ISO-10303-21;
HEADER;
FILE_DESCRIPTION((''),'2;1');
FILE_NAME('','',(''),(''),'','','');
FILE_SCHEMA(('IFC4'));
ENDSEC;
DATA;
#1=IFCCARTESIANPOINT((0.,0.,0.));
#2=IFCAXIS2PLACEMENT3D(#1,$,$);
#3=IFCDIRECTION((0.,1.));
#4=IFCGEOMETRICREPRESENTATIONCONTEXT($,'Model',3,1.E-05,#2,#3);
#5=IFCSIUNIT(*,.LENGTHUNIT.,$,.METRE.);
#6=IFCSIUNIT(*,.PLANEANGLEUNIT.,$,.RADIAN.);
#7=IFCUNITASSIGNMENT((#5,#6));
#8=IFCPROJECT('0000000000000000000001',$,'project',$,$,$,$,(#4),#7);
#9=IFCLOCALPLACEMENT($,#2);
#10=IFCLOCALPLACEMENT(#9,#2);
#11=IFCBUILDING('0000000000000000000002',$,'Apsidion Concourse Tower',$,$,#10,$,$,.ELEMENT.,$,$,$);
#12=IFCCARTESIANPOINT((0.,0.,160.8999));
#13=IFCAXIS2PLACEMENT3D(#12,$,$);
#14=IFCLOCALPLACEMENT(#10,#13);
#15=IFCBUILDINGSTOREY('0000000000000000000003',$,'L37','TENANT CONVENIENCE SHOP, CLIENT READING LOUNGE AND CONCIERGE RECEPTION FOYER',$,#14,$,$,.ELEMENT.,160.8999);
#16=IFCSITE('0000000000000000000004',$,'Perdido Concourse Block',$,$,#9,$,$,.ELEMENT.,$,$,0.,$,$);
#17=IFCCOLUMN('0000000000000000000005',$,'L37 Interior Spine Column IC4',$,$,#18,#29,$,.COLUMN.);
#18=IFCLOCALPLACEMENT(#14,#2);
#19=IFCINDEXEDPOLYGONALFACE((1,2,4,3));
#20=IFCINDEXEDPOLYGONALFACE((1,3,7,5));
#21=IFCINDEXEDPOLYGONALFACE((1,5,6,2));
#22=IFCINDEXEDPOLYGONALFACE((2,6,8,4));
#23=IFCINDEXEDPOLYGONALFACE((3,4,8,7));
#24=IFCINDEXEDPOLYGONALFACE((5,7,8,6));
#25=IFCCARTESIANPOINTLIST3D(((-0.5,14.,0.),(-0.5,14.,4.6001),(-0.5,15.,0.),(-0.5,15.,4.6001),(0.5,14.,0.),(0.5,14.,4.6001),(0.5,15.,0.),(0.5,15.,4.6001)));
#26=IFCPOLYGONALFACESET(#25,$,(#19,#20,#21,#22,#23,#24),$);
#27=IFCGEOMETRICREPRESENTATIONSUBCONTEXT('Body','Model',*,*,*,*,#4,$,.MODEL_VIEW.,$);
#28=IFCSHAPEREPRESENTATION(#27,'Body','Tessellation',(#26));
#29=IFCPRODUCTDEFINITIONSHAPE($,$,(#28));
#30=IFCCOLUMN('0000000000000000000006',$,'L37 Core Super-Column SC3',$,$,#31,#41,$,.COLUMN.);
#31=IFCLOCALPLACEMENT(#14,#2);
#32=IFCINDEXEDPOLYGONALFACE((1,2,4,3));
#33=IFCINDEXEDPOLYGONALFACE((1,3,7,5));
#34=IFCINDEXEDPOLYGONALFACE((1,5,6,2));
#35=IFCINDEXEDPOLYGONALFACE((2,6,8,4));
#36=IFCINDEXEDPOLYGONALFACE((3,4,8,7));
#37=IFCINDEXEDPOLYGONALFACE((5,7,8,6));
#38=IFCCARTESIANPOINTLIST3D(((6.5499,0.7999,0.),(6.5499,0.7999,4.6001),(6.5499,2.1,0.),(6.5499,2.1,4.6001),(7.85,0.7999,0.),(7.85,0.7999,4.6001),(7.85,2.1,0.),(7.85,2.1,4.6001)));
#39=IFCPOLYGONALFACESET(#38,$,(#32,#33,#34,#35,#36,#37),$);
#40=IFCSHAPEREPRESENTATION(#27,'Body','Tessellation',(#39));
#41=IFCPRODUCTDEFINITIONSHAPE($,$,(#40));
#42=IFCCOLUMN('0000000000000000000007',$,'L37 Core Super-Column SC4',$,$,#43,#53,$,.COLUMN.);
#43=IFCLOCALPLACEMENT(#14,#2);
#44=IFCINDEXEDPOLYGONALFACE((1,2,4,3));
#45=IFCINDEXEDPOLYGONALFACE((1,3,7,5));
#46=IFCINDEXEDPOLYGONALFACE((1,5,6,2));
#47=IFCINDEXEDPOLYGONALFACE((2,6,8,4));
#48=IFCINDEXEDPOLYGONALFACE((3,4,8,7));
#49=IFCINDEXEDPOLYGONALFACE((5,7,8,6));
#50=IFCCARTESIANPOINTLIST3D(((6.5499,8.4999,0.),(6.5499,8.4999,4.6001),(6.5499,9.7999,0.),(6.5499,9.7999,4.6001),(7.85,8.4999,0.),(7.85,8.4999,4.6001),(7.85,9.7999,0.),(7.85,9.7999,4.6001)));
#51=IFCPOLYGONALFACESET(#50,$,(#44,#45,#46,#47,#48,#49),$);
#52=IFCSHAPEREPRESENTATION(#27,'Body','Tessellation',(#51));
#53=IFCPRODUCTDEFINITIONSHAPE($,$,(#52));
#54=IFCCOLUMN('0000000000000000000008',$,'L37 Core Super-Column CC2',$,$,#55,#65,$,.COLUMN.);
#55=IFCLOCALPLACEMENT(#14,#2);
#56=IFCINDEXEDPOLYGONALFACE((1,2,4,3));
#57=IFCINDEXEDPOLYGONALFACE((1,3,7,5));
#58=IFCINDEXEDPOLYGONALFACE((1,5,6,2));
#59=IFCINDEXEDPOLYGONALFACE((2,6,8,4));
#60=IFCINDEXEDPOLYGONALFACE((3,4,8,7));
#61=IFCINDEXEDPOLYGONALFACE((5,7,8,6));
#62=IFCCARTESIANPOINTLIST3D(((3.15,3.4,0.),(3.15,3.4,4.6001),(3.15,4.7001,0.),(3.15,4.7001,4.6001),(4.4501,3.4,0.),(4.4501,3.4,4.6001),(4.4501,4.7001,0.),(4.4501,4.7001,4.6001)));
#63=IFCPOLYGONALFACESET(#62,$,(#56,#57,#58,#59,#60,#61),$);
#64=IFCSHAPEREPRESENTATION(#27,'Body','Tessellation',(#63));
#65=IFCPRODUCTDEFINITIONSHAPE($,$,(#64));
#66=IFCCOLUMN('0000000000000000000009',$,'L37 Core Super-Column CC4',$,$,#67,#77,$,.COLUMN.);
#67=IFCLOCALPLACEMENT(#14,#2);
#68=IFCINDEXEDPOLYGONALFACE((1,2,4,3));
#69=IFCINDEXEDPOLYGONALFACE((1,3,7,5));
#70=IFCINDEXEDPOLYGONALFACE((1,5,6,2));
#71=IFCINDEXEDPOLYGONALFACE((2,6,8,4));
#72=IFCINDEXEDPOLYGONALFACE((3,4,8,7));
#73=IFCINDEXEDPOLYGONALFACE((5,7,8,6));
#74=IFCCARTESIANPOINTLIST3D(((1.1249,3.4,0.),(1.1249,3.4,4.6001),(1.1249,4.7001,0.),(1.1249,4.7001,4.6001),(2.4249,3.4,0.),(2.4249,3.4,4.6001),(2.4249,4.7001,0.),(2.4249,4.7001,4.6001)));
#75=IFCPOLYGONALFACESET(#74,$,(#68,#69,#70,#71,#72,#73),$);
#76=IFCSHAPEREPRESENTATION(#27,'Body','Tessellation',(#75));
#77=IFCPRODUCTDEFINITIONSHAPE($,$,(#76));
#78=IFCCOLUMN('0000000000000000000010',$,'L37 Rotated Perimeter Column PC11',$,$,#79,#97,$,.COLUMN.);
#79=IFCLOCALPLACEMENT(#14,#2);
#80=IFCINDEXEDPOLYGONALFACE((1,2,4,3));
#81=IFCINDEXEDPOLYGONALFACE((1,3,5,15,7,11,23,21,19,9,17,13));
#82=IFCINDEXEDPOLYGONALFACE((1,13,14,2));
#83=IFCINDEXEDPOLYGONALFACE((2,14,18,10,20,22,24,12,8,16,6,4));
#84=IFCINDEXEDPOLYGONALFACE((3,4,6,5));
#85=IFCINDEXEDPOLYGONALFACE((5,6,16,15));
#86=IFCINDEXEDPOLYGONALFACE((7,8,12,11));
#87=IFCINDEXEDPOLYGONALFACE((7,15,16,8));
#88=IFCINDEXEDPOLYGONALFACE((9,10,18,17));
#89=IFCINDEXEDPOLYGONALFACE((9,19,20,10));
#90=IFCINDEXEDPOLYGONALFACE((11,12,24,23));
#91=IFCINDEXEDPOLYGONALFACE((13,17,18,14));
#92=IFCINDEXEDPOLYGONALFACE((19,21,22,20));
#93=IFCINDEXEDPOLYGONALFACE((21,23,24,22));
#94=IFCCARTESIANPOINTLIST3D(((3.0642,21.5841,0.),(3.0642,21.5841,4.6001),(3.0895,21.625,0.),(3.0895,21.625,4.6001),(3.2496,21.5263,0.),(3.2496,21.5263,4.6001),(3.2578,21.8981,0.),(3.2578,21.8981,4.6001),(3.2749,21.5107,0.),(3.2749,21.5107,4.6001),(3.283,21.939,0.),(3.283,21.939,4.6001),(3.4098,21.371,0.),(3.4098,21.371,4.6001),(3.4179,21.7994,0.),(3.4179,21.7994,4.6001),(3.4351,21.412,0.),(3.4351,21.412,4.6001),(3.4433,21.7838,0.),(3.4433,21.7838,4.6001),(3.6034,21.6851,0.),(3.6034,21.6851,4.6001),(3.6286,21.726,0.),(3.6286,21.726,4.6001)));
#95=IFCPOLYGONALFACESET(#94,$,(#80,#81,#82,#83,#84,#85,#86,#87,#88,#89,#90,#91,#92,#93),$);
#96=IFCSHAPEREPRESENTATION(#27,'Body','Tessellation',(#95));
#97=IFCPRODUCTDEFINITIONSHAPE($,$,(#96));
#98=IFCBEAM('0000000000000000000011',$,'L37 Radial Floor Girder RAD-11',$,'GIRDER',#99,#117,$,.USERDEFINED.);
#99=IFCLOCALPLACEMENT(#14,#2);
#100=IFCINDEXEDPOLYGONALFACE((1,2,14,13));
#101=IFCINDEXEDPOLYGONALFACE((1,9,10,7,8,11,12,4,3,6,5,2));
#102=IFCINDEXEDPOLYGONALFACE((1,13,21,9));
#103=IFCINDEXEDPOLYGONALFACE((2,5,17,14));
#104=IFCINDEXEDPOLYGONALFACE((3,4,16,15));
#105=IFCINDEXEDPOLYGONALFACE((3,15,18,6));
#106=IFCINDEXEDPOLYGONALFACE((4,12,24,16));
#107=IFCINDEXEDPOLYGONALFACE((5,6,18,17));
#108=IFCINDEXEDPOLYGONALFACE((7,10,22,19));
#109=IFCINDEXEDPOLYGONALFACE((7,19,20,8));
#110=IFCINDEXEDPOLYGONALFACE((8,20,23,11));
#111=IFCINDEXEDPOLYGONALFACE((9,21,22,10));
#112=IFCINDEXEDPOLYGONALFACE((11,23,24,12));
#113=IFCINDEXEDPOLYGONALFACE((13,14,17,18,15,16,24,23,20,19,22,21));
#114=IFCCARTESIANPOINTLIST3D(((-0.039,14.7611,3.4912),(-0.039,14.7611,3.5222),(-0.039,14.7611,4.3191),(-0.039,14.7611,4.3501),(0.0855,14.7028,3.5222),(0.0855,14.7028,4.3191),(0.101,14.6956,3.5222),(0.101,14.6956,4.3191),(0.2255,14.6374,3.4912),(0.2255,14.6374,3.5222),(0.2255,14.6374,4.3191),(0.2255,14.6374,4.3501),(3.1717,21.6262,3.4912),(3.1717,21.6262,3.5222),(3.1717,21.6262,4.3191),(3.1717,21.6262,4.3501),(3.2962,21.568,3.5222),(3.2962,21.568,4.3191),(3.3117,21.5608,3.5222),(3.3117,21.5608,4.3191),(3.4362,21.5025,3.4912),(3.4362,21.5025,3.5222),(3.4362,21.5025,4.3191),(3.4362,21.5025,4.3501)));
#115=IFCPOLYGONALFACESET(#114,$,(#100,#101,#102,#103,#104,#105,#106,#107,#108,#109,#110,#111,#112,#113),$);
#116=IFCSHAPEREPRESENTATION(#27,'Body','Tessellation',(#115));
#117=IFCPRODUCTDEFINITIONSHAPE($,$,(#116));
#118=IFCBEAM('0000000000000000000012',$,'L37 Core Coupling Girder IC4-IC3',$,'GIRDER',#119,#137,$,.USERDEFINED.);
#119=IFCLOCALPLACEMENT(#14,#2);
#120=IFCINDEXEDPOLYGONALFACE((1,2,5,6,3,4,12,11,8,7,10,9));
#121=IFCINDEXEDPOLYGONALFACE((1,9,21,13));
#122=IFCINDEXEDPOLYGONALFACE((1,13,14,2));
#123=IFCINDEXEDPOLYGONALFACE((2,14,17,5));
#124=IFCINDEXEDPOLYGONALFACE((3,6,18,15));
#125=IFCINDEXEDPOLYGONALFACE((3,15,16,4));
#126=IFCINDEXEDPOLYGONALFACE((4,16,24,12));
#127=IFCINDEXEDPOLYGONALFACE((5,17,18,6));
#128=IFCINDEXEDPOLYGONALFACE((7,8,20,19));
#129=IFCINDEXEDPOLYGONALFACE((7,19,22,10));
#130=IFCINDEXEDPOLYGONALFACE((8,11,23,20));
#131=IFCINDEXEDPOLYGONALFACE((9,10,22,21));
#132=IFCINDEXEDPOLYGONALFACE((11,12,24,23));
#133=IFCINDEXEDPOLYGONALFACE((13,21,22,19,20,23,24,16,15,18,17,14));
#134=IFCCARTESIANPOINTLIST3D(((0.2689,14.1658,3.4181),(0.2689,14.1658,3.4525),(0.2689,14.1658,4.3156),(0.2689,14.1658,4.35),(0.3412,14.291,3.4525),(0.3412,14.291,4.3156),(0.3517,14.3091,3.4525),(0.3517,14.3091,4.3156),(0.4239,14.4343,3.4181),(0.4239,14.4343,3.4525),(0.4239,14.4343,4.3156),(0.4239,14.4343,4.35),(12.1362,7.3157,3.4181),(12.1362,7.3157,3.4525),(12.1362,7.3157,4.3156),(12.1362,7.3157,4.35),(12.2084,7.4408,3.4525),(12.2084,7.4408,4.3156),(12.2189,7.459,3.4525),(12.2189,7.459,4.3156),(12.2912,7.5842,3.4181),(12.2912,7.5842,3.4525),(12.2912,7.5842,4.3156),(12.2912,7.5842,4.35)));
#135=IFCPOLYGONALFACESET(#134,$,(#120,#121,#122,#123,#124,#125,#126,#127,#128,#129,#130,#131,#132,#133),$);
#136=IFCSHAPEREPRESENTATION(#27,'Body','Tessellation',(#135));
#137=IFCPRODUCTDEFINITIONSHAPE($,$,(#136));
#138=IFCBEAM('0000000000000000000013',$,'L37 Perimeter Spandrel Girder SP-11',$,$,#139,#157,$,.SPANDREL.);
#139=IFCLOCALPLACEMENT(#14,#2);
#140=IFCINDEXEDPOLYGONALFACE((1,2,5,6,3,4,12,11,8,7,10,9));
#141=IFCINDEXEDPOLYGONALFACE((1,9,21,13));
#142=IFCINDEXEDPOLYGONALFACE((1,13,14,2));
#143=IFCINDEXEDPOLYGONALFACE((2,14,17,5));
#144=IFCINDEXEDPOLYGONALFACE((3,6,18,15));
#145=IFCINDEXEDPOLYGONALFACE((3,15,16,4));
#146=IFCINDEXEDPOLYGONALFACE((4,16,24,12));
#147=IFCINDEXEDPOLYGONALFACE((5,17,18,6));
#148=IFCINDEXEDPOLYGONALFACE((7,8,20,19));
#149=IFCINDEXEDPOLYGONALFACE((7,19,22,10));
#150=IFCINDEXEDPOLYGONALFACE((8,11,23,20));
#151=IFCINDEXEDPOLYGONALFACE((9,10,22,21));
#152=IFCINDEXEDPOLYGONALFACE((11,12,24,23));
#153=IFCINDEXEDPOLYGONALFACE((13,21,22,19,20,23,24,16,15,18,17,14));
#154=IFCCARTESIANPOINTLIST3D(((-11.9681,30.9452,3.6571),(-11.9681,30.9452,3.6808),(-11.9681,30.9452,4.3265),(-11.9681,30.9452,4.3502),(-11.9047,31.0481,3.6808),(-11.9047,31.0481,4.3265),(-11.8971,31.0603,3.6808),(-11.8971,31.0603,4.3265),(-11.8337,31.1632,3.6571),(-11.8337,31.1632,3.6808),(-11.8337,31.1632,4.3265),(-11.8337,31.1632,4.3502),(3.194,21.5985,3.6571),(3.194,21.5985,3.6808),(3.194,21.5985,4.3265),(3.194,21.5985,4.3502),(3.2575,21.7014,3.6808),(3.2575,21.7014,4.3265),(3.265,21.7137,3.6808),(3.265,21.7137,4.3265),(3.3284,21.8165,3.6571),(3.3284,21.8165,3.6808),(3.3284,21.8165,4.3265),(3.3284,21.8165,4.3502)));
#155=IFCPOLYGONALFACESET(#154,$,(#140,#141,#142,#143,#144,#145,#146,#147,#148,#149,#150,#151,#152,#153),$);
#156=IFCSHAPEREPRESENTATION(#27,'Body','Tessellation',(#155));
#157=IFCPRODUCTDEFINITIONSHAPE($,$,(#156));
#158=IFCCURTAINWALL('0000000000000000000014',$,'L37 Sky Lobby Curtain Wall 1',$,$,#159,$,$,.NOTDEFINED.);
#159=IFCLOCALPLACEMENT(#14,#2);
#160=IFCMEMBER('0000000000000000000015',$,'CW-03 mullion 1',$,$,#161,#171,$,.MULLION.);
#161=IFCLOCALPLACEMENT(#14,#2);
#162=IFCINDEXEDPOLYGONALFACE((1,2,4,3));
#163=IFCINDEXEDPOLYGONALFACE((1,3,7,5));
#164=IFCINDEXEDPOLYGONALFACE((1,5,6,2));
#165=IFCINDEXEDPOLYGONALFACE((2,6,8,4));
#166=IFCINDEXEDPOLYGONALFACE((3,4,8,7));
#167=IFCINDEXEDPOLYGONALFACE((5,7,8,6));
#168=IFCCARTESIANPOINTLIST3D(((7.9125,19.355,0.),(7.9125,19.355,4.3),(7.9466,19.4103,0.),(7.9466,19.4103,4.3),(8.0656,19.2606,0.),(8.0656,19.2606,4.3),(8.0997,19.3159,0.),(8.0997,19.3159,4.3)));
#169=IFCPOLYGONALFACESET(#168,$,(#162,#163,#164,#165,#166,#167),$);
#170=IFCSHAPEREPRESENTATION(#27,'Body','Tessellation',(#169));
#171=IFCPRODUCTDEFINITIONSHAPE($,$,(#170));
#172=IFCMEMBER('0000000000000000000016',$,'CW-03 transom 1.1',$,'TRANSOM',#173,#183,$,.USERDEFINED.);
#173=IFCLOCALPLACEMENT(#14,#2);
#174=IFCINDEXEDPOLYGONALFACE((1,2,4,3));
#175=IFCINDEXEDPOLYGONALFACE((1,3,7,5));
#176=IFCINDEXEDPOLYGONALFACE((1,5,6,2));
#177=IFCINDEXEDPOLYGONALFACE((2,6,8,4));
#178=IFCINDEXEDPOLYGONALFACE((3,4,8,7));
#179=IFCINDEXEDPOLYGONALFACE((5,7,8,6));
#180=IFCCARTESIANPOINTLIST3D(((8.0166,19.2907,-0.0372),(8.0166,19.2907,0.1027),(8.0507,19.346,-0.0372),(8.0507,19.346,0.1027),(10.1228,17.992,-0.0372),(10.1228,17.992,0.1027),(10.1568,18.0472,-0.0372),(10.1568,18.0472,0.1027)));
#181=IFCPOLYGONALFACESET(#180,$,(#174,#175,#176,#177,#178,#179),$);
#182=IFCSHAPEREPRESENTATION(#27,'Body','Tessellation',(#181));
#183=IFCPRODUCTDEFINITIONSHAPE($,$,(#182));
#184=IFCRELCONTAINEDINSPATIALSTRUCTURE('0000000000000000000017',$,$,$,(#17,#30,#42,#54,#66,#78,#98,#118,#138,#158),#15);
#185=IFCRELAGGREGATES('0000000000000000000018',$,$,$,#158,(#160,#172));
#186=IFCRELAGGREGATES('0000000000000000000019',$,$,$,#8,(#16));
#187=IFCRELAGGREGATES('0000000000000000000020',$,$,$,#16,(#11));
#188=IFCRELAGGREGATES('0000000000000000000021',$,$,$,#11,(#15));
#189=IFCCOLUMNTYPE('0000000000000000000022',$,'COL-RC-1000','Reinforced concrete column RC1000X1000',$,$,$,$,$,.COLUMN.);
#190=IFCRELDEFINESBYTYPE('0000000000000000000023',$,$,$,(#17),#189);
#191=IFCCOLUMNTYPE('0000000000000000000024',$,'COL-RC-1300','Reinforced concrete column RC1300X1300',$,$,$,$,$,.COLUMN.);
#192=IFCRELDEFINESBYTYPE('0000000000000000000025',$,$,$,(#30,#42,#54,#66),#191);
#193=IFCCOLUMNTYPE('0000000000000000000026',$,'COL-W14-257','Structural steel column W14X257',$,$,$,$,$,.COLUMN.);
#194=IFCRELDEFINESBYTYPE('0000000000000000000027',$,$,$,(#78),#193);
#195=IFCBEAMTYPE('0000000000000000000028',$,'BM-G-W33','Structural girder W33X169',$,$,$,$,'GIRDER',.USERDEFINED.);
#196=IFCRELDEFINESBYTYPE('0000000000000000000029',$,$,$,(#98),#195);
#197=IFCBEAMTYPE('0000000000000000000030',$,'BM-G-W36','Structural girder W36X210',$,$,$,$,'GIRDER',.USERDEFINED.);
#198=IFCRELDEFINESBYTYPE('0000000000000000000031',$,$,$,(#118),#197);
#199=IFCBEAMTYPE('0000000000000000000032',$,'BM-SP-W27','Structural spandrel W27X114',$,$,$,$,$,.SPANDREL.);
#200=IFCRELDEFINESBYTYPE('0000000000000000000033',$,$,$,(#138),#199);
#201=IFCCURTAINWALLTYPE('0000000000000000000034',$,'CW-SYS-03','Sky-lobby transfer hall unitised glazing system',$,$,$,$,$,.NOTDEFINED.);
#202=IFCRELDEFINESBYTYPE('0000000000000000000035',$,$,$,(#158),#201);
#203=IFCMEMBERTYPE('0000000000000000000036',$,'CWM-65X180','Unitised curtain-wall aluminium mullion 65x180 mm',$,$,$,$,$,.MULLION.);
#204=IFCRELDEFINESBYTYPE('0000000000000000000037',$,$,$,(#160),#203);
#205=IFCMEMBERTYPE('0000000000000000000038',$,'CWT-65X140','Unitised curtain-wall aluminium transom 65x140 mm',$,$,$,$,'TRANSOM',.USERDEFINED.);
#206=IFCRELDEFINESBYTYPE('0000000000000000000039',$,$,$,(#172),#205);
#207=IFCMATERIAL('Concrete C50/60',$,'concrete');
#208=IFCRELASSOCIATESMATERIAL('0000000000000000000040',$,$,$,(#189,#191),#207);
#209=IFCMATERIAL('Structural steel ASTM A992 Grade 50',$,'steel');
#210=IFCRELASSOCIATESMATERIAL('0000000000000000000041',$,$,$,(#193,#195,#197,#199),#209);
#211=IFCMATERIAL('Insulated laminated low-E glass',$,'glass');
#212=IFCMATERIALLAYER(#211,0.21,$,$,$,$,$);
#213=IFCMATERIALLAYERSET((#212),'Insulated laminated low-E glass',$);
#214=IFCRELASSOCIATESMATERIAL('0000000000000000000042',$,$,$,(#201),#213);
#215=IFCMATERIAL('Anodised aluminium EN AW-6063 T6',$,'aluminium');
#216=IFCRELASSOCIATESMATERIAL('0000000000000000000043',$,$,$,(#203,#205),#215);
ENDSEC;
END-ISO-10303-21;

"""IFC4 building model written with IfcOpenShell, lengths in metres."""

from ifc_helpers import new_model, si_unit, direction, frame, origin, origin_2d, place, context, subcontext, project, spatial, rectangle, i_section, extrude, material, layer, layer_set, material_profile, profile_set, type_object, element, aggregate, save


model = new_model("IFC4")

# Units and contexts
model_context = context("Model", 3, precision=1e-05, world=origin(), true_north=direction((0.0, 1.0)))
body_context = subcontext(model_context, "Body", "Model", "MODEL_VIEW")
ifc_project = project(units=[si_unit("LENGTHUNIT", "METRE"), si_unit("PLANEANGLEUNIT", "RADIAN")], contexts=[model_context])

# Site, building, storey
site_placement = place(None, origin())
site = spatial("IfcSite", under=ifc_project, at=site_placement, Name="Perdido Concourse Block", CompositionType="ELEMENT", RefElevation=0.0)
building_placement = place(site_placement, origin())
building = spatial("IfcBuilding", under=site, at=building_placement, Name="Apsidion Concourse Tower", CompositionType="ELEMENT")
storey_placement = place(building_placement, frame((0.0, 0.0, 160.8999)))
storey = spatial("IfcBuildingStorey", under=building, at=storey_placement, Name="L37", Description="TENANT CONVENIENCE SHOP, CLIENT READING LOUNGE AND CONCIERGE RECEPTION FOYER", CompositionType="ELEMENT", Elevation=160.8999)

# Columns
ifc_material_1 = material(Name="Concrete C50/60", Category="concrete")
ifc_material_profile_1 = material_profile(ifc_material_1, rectangle(XDim=1.0, YDim=1.0, at=origin_2d()), Name="RC 1000x1000")
ifc_profile_set_1 = profile_set([ifc_material_profile_1], Name="Concrete C50/60")
column_type_1 = type_object("IfcColumnType", Name="COL-RC-1000", Description="Reinforced concrete column RC1000X1000", PredefinedType="COLUMN", material=ifc_profile_set_1)
column_1_placement = place(storey_placement, frame((0.0, 14.5, 0.0), z_axis=(0.0, 0.0, 1.0), x_axis=(1.0, 0.0, 0.0)))
element("IfcColumn", 1, at=column_1_placement, inside=storey, type_object=column_type_1, Name="L37 Interior Spine Column IC4", PredefinedType="COLUMN", context=body_context, shape_type="SweptSolid", body=[
    extrude(rectangle(XDim=1.0, YDim=1.0, at=origin_2d()), origin(), (0.0, 0.0, 1.0), 4.6001),
])
ifc_material_profile_2 = material_profile(ifc_material_1, rectangle(XDim=1.3, YDim=1.3, at=origin_2d()), Name="RC 1300x1300")
ifc_profile_set_2 = profile_set([ifc_material_profile_2], Name="Concrete C50/60")
column_type_2 = type_object("IfcColumnType", Name="COL-RC-1300", Description="Reinforced concrete column RC1300X1300", PredefinedType="COLUMN", material=ifc_profile_set_2)
for number, where, z_axis, x_axis, name in (
    (2, (7.2, 1.45, 0.0), (0.0, 0.0, 1.0), (1.0, 0.0, 0.0), "L37 Core Super-Column SC3"),
    (3, (7.2, 9.1499, 0.0), (0.0, 0.0, 1.0), (1.0, 0.0, 0.0), "L37 Core Super-Column SC4"),
    (4, (3.8, 4.05, 0.0), (0.0, 0.0, 1.0), (1.0, 0.0, 0.0), "L37 Core Super-Column CC2"),
    (5, (1.7749, 4.05, 0.0), (0.0, 0.0, 1.0), (1.0, 0.0, 0.0), "L37 Core Super-Column CC4"),
):
    element("IfcColumn", number, at=place(storey_placement, frame(where, z_axis=z_axis, x_axis=x_axis)), inside=storey, type_object=column_type_2, Name=name, PredefinedType="COLUMN", context=body_context, shape_type="SweptSolid", body=[
        extrude(rectangle(XDim=1.3, YDim=1.3, at=origin_2d()), origin(), (0.0, 0.0, 1.0), 4.6001),
    ])
ifc_material_2 = material(Name="Structural steel ASTM A992 Grade 50", Category="steel")
ifc_material_profile_3 = material_profile(ifc_material_2, i_section(OverallWidth=0.406, OverallDepth=0.417, WebThickness=0.0298, FlangeThickness=0.0481, at=origin_2d()), Name="W14X257")
ifc_profile_set_3 = profile_set([ifc_material_profile_3], Name="Structural steel ASTM A992 Grade 50")
column_type_3 = type_object("IfcColumnType", Name="COL-W14-257", Description="Structural steel column W14X257", PredefinedType="COLUMN", material=ifc_profile_set_3)
column_2_placement = place(storey_placement, frame((3.3464, 21.655, 0.0), z_axis=(0.0, 0.0, 1.0), x_axis=(-0.851269, 0.524729, 0.0)))
element("IfcColumn", 6, at=column_2_placement, inside=storey, type_object=column_type_3, Name="L37 Rotated Perimeter Column PC11", PredefinedType="COLUMN", context=body_context, shape_type="SweptSolid", body=[
    extrude(i_section(OverallWidth=0.406, OverallDepth=0.417, WebThickness=0.0298, FlangeThickness=0.0481, at=origin_2d()), origin(), (0.0, 0.0, 1.0), 4.6001),
])

# Beams
ifc_material_profile_4 = material_profile(ifc_material_2, i_section(OverallWidth=0.292, OverallDepth=0.8589, WebThickness=0.0171, FlangeThickness=0.031, at=origin_2d()), Name="W33X169")
ifc_profile_set_4 = profile_set([ifc_material_profile_4], Name="Structural steel ASTM A992 Grade 50")
beam_type_1 = type_object("IfcBeamType", Name="BM-G-W33", Description="Structural girder W33X169", ElementType="GIRDER", PredefinedType="USERDEFINED", material=ifc_profile_set_4)
beam_1_placement = place(storey_placement, frame((0.0933, 14.6992, 3.9207), z_axis=(0.423635, 0.905833, 0.0), x_axis=(-0.905833, 0.423635, 0.0)))
element("IfcBeam", 7, at=beam_1_placement, inside=storey, type_object=beam_type_1, Name="L37 Radial Floor Girder RAD-11", ObjectType="GIRDER", PredefinedType="USERDEFINED", context=body_context, shape_type="SweptSolid", body=[
    extrude(i_section(OverallWidth=0.292, OverallDepth=0.8589, WebThickness=0.0171, FlangeThickness=0.031, at=origin_2d()), origin(), (0.0, 0.0, 1.0), 7.5789),
])
ifc_material_profile_5 = material_profile(ifc_material_2, i_section(OverallWidth=0.3101, OverallDepth=0.9319, WebThickness=0.021, FlangeThickness=0.0344, at=origin_2d()), Name="W36X210")
ifc_profile_set_5 = profile_set([ifc_material_profile_5], Name="Structural steel ASTM A992 Grade 50")
beam_type_2 = type_object("IfcBeamType", Name="BM-G-W36", Description="Structural girder W36X210", ElementType="GIRDER", PredefinedType="USERDEFINED", material=ifc_profile_set_5)
beam_2_placement = place(storey_placement, frame((0.3464, 14.3, 3.884), z_axis=(0.86607, -0.499922, 0.0), x_axis=(0.499922, 0.86607, 0.0)))
element("IfcBeam", 8, at=beam_2_placement, inside=storey, type_object=beam_type_2, Name="L37 Core Coupling Girder IC4-IC3", ObjectType="GIRDER", PredefinedType="USERDEFINED", context=body_context, shape_type="SweptSolid", body=[
    extrude(i_section(OverallWidth=0.3101, OverallDepth=0.9319, WebThickness=0.021, FlangeThickness=0.0344, at=origin_2d()), origin(), (0.0, 0.0, 1.0), 13.7024),
])
ifc_material_profile_6 = material_profile(ifc_material_2, i_section(OverallWidth=0.2561, OverallDepth=0.6931, WebThickness=0.0144, FlangeThickness=0.0237, at=origin_2d()), Name="W27X114")
ifc_profile_set_6 = profile_set([ifc_material_profile_6], Name="Structural steel ASTM A992 Grade 50")
beam_type_3 = type_object("IfcBeamType", Name="BM-SP-W27", Description="Structural spandrel W27X114", PredefinedType="SPANDREL", material=ifc_profile_set_6)
beam_3_placement = place(storey_placement, frame((3.2612, 21.7075, 4.0037), z_axis=(-0.851253, 0.524755, 0.0), x_axis=(-0.524755, -0.851253, 0.0)))
element("IfcBeam", 9, at=beam_3_placement, inside=storey, type_object=beam_type_3, Name="L37 Perimeter Spandrel Girder SP-11", PredefinedType="SPANDREL", context=body_context, shape_type="SweptSolid", body=[
    extrude(i_section(OverallWidth=0.2561, OverallDepth=0.6931, WebThickness=0.0144, FlangeThickness=0.0237, at=origin_2d()), origin(), (0.0, 0.0, 1.0), 17.8115),
])

# Curtain wall, members
ifc_material_3 = material(Name="Insulated laminated low-E glass", Category="glass")
ifc_layer_1 = layer(ifc_material_3, 0.21)
ifc_layer_set_1 = layer_set([ifc_layer_1], Name="Insulated laminated low-E glass")
curtain_wall_type = type_object("IfcCurtainWallType", Name="CW-SYS-03", Description="Sky-lobby transfer hall unitised glazing system", PredefinedType="NOTDEFINED", material=ifc_layer_set_1)
curtain_wall_placement = place(storey_placement, origin())
curtain_wall = element("IfcCurtainWall", 10, at=curtain_wall_placement, inside=storey, type_object=curtain_wall_type, Name="L37 Sky Lobby Curtain Wall 1", PredefinedType="NOTDEFINED")
ifc_material_4 = material(Name="Anodised aluminium EN AW-6063 T6", Category="aluminium")
ifc_material_profile_7 = material_profile(ifc_material_4, rectangle(XDim=0.0649, YDim=0.1799, at=origin_2d()), Name="ALU MULLION 65x180")
ifc_profile_set_7 = profile_set([ifc_material_profile_7], Name="Anodised aluminium EN AW-6063 T6")
member_type_1 = type_object("IfcMemberType", Name="CWM-65X180", Description="Unitised curtain-wall aluminium mullion 65x180 mm", PredefinedType="MULLION", material=ifc_profile_set_7)
member_1_placement = place(storey_placement, frame((8.0061, 19.3354, 0.0), z_axis=(0.0, 0.0, 1.0), x_axis=(0.524891, 0.851169, 0.0)))
member_1 = element("IfcMember", 11, at=member_1_placement, type_object=member_type_1, Name="CW-03 mullion 1", PredefinedType="MULLION", context=body_context, shape_type="SweptSolid", body=[
    extrude(rectangle(XDim=0.0649, YDim=0.1799, at=origin_2d()), origin(), (0.0, 0.0, 1.0), 4.3),
])
ifc_material_profile_8 = material_profile(ifc_material_4, rectangle(XDim=0.0649, YDim=0.1399, at=origin_2d()), Name="ALU TRANSOM 65x140")
ifc_profile_set_8 = profile_set([ifc_material_profile_8], Name="Anodised aluminium EN AW-6063 T6")
member_type_2 = type_object("IfcMemberType", Name="CWT-65X140", Description="Unitised curtain-wall aluminium transom 65x140 mm", ElementType="TRANSOM", PredefinedType="USERDEFINED", material=ifc_profile_set_8)
member_2_placement = place(storey_placement, frame((8.0337, 19.3184, 0.0327), z_axis=(0.85117, -0.52489, 0.0), x_axis=(0.52489, 0.85117, 0.0)))
member_2 = element("IfcMember", 12, at=member_2_placement, type_object=member_type_2, Name="CW-03 transom 1.1", ObjectType="TRANSOM", PredefinedType="USERDEFINED", context=body_context, shape_type="SweptSolid", body=[
    extrude(rectangle(XDim=0.0649, YDim=0.1399, at=origin_2d()), origin(), (0.0, 0.0, 1.0), 2.4744),
])
aggregate(curtain_wall, [member_1, member_2])

save(model, "model.ifc")
